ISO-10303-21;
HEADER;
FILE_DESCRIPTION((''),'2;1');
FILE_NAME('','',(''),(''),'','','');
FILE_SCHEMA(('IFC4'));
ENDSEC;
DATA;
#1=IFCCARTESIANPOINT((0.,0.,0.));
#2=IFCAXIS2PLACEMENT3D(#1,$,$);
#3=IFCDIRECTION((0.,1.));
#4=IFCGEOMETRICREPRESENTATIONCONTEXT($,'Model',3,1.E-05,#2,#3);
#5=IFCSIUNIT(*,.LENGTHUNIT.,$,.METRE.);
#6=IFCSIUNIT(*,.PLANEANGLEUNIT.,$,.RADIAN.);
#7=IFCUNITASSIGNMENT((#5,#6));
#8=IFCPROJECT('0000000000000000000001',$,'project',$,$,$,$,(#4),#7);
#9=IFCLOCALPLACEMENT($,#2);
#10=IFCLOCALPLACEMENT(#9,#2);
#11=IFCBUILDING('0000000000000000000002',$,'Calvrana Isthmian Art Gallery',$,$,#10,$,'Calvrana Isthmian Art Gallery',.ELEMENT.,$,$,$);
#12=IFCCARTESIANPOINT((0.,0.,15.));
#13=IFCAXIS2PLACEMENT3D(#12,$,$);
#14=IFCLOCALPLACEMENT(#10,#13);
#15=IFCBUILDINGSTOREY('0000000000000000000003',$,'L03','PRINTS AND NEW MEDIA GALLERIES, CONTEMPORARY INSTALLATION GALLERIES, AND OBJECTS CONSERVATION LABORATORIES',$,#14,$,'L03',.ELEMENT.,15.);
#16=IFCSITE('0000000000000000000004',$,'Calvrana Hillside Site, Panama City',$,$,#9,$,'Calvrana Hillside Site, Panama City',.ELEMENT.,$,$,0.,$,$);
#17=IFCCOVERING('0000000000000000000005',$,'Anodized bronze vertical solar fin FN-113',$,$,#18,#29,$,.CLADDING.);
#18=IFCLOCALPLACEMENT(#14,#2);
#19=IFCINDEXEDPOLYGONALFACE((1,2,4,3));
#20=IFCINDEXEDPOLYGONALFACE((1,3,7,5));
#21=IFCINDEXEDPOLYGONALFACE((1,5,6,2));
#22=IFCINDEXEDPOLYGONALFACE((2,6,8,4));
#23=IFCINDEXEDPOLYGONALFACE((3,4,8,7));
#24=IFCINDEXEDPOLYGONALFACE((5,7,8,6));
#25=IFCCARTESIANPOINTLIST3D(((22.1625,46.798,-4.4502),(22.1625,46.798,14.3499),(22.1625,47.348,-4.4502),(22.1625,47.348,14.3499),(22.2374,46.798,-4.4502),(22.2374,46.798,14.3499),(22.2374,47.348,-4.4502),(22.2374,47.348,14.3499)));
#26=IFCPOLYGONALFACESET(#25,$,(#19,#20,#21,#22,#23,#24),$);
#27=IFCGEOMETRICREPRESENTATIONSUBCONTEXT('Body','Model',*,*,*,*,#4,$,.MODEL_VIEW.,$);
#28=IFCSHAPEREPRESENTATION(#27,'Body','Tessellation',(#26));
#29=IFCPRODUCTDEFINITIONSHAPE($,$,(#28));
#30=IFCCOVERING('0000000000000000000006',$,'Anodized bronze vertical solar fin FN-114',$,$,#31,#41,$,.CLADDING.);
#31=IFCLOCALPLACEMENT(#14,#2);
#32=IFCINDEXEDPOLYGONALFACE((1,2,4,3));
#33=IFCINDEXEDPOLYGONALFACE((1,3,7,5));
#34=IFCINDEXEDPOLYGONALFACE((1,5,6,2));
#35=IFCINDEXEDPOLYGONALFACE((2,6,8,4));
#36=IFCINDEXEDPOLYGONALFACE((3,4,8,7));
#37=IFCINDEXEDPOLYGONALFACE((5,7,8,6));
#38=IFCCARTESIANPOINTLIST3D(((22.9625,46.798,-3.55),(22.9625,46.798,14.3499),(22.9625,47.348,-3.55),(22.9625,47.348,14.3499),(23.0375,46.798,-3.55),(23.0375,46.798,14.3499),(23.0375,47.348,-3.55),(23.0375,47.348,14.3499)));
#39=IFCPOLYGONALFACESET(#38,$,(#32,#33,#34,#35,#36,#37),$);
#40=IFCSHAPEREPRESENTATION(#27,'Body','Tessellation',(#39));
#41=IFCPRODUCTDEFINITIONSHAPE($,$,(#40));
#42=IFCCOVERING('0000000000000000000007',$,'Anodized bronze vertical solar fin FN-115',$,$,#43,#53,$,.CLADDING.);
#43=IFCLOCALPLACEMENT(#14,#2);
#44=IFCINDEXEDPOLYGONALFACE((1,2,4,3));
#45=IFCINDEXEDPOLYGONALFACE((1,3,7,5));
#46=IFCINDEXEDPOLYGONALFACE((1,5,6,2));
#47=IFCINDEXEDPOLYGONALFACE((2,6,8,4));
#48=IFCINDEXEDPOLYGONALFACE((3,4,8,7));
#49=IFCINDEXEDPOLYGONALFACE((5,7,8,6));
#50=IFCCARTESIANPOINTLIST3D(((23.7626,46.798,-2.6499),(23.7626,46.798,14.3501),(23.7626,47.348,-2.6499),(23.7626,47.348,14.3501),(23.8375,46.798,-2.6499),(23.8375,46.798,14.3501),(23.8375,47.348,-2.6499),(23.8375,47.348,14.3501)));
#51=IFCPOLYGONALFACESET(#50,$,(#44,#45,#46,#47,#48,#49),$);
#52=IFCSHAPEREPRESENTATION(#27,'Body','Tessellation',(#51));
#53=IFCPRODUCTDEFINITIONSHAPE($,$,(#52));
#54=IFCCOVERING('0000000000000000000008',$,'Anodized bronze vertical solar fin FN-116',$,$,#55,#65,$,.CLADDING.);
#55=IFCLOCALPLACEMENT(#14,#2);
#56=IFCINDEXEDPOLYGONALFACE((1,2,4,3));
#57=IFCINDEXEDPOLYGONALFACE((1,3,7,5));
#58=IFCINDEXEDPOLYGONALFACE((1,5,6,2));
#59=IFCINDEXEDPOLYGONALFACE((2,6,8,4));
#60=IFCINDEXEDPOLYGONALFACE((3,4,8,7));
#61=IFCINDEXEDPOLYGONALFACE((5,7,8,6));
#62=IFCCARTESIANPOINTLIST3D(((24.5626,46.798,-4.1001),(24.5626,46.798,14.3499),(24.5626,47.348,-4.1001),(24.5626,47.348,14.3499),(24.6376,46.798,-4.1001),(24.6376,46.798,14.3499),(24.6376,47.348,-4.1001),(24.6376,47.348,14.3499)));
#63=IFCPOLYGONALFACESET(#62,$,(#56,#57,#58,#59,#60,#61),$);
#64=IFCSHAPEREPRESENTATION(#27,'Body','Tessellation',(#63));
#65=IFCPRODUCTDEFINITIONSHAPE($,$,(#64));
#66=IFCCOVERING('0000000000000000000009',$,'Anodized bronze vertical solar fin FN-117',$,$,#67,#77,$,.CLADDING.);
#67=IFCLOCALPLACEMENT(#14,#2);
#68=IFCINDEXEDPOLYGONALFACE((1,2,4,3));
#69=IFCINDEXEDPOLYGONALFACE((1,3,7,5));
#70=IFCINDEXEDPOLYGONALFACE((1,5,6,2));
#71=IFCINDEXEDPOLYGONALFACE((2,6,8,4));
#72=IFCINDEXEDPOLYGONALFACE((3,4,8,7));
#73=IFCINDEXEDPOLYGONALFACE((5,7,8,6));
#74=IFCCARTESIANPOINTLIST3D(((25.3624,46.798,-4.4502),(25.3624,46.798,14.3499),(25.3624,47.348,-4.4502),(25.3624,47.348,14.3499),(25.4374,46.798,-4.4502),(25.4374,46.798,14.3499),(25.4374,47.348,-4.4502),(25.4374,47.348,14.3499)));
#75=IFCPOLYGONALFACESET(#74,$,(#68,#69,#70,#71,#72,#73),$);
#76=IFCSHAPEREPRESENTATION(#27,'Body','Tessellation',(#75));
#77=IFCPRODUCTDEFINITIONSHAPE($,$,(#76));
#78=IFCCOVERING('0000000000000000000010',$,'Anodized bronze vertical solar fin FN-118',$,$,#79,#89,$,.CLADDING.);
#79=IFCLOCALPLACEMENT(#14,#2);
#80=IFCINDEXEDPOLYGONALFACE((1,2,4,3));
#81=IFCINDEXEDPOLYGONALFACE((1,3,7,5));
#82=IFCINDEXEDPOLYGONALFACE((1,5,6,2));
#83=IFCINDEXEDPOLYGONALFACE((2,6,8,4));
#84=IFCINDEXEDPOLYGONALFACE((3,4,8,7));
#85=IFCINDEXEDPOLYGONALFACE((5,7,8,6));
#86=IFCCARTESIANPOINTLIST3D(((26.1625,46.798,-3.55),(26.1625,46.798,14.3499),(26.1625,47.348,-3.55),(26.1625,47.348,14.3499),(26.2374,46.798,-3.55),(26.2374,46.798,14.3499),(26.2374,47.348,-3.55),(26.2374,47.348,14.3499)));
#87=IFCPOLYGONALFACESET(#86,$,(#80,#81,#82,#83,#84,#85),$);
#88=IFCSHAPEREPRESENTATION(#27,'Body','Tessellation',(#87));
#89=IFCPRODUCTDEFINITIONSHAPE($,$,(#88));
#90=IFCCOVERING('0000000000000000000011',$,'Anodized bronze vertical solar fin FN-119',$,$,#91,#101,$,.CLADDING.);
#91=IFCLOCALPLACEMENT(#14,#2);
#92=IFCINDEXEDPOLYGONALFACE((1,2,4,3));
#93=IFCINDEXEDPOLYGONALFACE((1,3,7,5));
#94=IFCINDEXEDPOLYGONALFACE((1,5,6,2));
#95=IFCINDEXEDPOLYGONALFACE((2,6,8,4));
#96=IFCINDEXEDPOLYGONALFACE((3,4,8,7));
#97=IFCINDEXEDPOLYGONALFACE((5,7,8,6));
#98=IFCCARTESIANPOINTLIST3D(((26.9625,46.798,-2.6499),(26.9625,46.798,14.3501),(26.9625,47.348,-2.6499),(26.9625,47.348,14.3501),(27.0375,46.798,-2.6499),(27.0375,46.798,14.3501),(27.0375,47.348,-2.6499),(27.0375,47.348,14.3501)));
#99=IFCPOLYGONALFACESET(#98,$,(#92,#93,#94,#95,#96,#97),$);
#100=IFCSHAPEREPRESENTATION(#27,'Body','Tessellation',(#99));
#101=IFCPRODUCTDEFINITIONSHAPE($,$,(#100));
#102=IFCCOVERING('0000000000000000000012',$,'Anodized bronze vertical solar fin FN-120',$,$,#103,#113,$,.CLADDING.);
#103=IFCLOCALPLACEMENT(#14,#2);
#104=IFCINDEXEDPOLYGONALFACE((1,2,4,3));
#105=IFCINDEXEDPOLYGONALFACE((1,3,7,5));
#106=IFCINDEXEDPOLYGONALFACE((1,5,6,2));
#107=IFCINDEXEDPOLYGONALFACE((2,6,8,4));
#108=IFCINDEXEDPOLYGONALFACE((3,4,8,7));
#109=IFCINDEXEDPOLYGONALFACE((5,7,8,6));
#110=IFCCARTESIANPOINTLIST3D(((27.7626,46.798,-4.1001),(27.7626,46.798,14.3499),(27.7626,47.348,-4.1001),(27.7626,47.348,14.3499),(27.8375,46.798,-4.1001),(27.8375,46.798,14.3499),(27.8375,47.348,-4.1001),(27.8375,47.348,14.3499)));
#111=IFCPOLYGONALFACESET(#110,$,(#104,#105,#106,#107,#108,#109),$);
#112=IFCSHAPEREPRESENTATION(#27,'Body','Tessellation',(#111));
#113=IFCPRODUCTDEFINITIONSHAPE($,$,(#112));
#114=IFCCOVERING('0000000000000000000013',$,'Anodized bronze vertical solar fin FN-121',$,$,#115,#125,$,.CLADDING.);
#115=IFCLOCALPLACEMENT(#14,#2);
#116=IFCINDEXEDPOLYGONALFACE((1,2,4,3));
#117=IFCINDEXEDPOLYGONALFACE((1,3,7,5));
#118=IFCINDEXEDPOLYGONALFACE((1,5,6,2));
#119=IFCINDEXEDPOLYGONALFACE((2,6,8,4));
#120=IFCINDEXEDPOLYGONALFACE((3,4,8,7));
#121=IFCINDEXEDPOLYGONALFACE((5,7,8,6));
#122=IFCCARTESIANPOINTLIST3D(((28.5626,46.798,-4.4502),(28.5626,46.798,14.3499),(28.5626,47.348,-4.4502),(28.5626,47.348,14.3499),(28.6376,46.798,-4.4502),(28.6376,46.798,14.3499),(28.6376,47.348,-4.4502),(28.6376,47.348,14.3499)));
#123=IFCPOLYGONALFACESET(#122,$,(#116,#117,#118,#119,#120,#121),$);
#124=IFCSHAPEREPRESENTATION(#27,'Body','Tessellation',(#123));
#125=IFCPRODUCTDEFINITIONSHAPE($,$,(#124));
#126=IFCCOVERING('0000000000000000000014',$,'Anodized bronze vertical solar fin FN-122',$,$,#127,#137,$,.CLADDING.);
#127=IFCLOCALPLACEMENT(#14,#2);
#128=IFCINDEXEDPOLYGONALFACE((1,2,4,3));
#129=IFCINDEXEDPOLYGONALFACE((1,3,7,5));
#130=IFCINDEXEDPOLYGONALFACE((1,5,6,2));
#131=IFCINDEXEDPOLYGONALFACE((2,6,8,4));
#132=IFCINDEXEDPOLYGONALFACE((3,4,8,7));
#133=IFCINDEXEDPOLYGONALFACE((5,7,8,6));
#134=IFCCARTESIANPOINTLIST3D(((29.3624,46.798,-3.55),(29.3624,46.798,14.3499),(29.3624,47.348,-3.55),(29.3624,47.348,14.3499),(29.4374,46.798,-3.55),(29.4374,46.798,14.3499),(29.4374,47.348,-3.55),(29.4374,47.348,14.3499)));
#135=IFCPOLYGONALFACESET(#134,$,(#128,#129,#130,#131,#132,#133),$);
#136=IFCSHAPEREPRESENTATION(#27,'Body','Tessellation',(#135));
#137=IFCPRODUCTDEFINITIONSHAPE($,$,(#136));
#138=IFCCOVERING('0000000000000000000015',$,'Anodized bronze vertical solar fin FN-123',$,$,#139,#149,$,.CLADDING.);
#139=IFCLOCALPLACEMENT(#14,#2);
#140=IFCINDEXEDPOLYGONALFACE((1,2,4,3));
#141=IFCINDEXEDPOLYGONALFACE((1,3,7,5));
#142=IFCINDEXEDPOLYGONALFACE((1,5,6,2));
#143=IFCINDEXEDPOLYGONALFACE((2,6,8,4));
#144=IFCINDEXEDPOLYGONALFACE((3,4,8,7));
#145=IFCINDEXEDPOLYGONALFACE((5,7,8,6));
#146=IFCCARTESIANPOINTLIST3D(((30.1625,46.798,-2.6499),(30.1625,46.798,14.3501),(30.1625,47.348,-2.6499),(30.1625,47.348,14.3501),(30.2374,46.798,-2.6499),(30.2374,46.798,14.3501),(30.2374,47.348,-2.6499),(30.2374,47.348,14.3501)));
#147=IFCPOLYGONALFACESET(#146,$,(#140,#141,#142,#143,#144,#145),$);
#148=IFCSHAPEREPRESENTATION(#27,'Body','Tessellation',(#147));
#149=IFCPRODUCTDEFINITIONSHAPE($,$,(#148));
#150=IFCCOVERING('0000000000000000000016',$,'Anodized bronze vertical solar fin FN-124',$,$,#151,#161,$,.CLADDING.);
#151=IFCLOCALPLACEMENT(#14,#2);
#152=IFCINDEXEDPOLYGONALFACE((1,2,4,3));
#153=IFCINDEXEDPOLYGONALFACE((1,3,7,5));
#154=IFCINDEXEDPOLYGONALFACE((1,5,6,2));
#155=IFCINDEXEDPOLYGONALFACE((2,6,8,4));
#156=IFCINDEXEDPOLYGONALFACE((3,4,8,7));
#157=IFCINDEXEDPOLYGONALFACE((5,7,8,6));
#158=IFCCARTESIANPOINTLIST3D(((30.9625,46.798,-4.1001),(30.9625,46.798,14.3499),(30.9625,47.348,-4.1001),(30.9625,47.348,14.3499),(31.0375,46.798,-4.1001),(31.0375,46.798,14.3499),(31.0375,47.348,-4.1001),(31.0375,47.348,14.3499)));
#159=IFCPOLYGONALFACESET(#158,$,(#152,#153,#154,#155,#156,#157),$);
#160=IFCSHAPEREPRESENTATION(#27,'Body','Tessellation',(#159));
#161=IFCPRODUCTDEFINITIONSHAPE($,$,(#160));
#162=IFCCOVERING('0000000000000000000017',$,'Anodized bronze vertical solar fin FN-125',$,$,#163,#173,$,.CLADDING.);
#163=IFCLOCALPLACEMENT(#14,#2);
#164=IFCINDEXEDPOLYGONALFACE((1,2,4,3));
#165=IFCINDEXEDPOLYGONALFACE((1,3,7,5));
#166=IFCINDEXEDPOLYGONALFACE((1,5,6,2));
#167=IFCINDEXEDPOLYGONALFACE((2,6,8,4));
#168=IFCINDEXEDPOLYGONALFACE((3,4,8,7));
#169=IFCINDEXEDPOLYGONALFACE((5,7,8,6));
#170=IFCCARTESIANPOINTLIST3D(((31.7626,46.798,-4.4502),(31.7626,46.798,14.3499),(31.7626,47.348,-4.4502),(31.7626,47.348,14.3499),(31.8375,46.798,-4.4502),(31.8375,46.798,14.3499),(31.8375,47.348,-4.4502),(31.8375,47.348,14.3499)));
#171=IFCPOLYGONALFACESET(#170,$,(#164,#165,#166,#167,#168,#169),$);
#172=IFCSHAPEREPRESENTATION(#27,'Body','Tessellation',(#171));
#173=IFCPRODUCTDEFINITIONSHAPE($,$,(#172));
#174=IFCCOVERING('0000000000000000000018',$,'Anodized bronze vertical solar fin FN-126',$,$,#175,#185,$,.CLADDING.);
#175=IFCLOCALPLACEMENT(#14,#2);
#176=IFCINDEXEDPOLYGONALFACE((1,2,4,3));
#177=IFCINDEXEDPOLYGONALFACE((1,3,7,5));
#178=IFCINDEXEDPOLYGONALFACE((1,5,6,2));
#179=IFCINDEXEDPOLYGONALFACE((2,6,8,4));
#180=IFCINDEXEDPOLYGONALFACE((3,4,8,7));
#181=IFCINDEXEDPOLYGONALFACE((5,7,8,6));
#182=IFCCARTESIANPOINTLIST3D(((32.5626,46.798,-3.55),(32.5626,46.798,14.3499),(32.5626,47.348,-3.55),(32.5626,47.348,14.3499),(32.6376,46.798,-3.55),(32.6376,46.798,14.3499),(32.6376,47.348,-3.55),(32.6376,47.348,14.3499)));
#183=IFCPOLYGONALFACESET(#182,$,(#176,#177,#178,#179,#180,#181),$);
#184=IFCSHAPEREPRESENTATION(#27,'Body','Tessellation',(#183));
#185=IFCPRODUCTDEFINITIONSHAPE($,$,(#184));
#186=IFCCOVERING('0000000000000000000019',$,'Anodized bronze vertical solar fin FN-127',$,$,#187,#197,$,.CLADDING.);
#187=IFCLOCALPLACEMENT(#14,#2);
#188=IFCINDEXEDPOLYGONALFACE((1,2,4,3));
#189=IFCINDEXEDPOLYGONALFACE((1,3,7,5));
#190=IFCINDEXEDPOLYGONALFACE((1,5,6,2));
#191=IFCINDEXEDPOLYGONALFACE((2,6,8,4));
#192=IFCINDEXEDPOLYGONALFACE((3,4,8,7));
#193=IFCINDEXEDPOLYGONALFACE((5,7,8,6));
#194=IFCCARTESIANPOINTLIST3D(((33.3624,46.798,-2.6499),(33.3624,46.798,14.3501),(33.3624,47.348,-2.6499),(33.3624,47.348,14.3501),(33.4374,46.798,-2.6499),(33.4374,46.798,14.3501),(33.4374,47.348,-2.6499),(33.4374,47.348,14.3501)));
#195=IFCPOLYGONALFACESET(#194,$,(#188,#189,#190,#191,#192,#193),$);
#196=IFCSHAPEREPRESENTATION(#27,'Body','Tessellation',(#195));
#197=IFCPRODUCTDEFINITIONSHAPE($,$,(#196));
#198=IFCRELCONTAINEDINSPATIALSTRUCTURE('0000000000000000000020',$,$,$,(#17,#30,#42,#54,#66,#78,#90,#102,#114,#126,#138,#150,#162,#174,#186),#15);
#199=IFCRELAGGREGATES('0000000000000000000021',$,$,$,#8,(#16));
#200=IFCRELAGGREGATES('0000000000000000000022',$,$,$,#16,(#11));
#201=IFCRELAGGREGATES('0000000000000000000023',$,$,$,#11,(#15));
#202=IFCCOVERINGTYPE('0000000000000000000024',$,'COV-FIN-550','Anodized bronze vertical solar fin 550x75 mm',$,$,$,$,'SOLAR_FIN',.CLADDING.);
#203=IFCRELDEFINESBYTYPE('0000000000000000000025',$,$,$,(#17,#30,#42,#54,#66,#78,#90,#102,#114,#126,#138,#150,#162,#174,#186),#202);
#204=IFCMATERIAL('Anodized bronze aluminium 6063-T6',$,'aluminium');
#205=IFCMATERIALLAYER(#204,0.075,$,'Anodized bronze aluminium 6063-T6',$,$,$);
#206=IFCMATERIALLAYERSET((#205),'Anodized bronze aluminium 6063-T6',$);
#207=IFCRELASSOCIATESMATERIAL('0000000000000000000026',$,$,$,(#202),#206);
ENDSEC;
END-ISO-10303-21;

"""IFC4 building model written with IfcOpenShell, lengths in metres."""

from ifc_helpers import new_model, si_unit, direction, frame, origin, origin_2d, place, context, subcontext, project, spatial, rectangle, extrude, material, layer, layer_set, type_object, element, save


model = new_model("IFC4")

# Units and contexts
model_context = context("Model", 3, precision=1e-05, world=origin(), true_north=direction((0.0, 1.0)))
body_context = subcontext(model_context, "Body", "Model", "MODEL_VIEW")
ifc_project = project(units=[si_unit("LENGTHUNIT", "METRE"), si_unit("PLANEANGLEUNIT", "RADIAN")], contexts=[model_context])

# Site, building, storey
site_placement = place(None, origin())
site = spatial("IfcSite", under=ifc_project, at=site_placement, Name="Calvrana Hillside Site, Panama City", LongName="Calvrana Hillside Site, Panama City", CompositionType="ELEMENT", RefElevation=0.0)
building_placement = place(site_placement, origin())
building = spatial("IfcBuilding", under=site, at=building_placement, Name="Calvrana Isthmian Art Gallery", LongName="Calvrana Isthmian Art Gallery", CompositionType="ELEMENT")
storey_placement = place(building_placement, frame((0.0, 0.0, 15.0)))
storey = spatial("IfcBuildingStorey", under=building, at=storey_placement, Name="L03", Description="PRINTS AND NEW MEDIA GALLERIES, CONTEMPORARY INSTALLATION GALLERIES, AND OBJECTS CONSERVATION LABORATORIES", LongName="L03", CompositionType="ELEMENT", Elevation=15.0)

# Coverings
ifc_material_1 = material(Name="Anodized bronze aluminium 6063-T6", Category="aluminium")
ifc_layer = layer(ifc_material_1, 0.075, Name="Anodized bronze aluminium 6063-T6")
ifc_layer_set = layer_set([ifc_layer], Name="Anodized bronze aluminium 6063-T6")
covering_type = type_object("IfcCoveringType", Name="COV-FIN-550", Description="Anodized bronze vertical solar fin 550x75 mm", ElementType="SOLAR_FIN", PredefinedType="CLADDING", material=ifc_layer_set)
covering_1_placement = place(storey_placement, frame((22.2, 47.073, -4.4502), z_axis=(0.0, 0.0, 1.0), x_axis=(1.0, 0.0, 0.0)))
element("IfcCovering", 1, at=covering_1_placement, inside=storey, type_object=covering_type, Name="Anodized bronze vertical solar fin FN-113", PredefinedType="CLADDING", context=body_context, shape_type="SweptSolid", body=[
    extrude(rectangle(XDim=0.075, YDim=0.55, at=origin_2d()), origin(), (0.0, 0.0, 1.0), 18.8),
])
covering_2_placement = place(storey_placement, frame((23.0, 47.073, -3.55), z_axis=(0.0, 0.0, 1.0), x_axis=(1.0, 0.0, 0.0)))
element("IfcCovering", 2, at=covering_2_placement, inside=storey, type_object=covering_type, Name="Anodized bronze vertical solar fin FN-114", PredefinedType="CLADDING", context=body_context, shape_type="SweptSolid", body=[
    extrude(rectangle(XDim=0.075, YDim=0.55, at=origin_2d()), origin(), (0.0, 0.0, 1.0), 17.8999),
])
covering_3_placement = place(storey_placement, frame((23.8, 47.073, -2.6499), z_axis=(0.0, 0.0, 1.0), x_axis=(1.0, 0.0, 0.0)))
element("IfcCovering", 3, at=covering_3_placement, inside=storey, type_object=covering_type, Name="Anodized bronze vertical solar fin FN-115", PredefinedType="CLADDING", context=body_context, shape_type="SweptSolid", body=[
    extrude(rectangle(XDim=0.075, YDim=0.55, at=origin_2d()), origin(), (0.0, 0.0, 1.0), 17.0),
])
covering_4_placement = place(storey_placement, frame((24.6001, 47.073, -4.1001), z_axis=(0.0, 0.0, 1.0), x_axis=(1.0, 0.0, 0.0)))
element("IfcCovering", 4, at=covering_4_placement, inside=storey, type_object=covering_type, Name="Anodized bronze vertical solar fin FN-116", PredefinedType="CLADDING", context=body_context, shape_type="SweptSolid", body=[
    extrude(rectangle(XDim=0.075, YDim=0.55, at=origin_2d()), origin(), (0.0, 0.0, 1.0), 18.45),
])
covering_5_placement = place(storey_placement, frame((25.3999, 47.073, -4.4502), z_axis=(0.0, 0.0, 1.0), x_axis=(1.0, 0.0, 0.0)))
element("IfcCovering", 5, at=covering_5_placement, inside=storey, type_object=covering_type, Name="Anodized bronze vertical solar fin FN-117", PredefinedType="CLADDING", context=body_context, shape_type="SweptSolid", body=[
    extrude(rectangle(XDim=0.075, YDim=0.55, at=origin_2d()), origin(), (0.0, 0.0, 1.0), 18.8),
])
covering_6_placement = place(storey_placement, frame((26.2, 47.073, -3.55), z_axis=(0.0, 0.0, 1.0), x_axis=(1.0, 0.0, 0.0)))
element("IfcCovering", 6, at=covering_6_placement, inside=storey, type_object=covering_type, Name="Anodized bronze vertical solar fin FN-118", PredefinedType="CLADDING", context=body_context, shape_type="SweptSolid", body=[
    extrude(rectangle(XDim=0.075, YDim=0.55, at=origin_2d()), origin(), (0.0, 0.0, 1.0), 17.8999),
])
covering_7_placement = place(storey_placement, frame((27.0, 47.073, -2.6499), z_axis=(0.0, 0.0, 1.0), x_axis=(1.0, 0.0, 0.0)))
element("IfcCovering", 7, at=covering_7_placement, inside=storey, type_object=covering_type, Name="Anodized bronze vertical solar fin FN-119", PredefinedType="CLADDING", context=body_context, shape_type="SweptSolid", body=[
    extrude(rectangle(XDim=0.075, YDim=0.55, at=origin_2d()), origin(), (0.0, 0.0, 1.0), 17.0),
])
covering_8_placement = place(storey_placement, frame((27.8, 47.073, -4.1001), z_axis=(0.0, 0.0, 1.0), x_axis=(1.0, 0.0, 0.0)))
element("IfcCovering", 8, at=covering_8_placement, inside=storey, type_object=covering_type, Name="Anodized bronze vertical solar fin FN-120", PredefinedType="CLADDING", context=body_context, shape_type="SweptSolid", body=[
    extrude(rectangle(XDim=0.075, YDim=0.55, at=origin_2d()), origin(), (0.0, 0.0, 1.0), 18.45),
])
covering_9_placement = place(storey_placement, frame((28.6001, 47.073, -4.4502), z_axis=(0.0, 0.0, 1.0), x_axis=(1.0, 0.0, 0.0)))
element("IfcCovering", 9, at=covering_9_placement, inside=storey, type_object=covering_type, Name="Anodized bronze vertical solar fin FN-121", PredefinedType="CLADDING", context=body_context, shape_type="SweptSolid", body=[
    extrude(rectangle(XDim=0.075, YDim=0.55, at=origin_2d()), origin(), (0.0, 0.0, 1.0), 18.8),
])
covering_10_placement = place(storey_placement, frame((29.3999, 47.073, -3.55), z_axis=(0.0, 0.0, 1.0), x_axis=(1.0, 0.0, 0.0)))
element("IfcCovering", 10, at=covering_10_placement, inside=storey, type_object=covering_type, Name="Anodized bronze vertical solar fin FN-122", PredefinedType="CLADDING", context=body_context, shape_type="SweptSolid", body=[
    extrude(rectangle(XDim=0.075, YDim=0.55, at=origin_2d()), origin(), (0.0, 0.0, 1.0), 17.8999),
])
covering_11_placement = place(storey_placement, frame((30.2, 47.073, -2.6499), z_axis=(0.0, 0.0, 1.0), x_axis=(1.0, 0.0, 0.0)))
element("IfcCovering", 11, at=covering_11_placement, inside=storey, type_object=covering_type, Name="Anodized bronze vertical solar fin FN-123", PredefinedType="CLADDING", context=body_context, shape_type="SweptSolid", body=[
    extrude(rectangle(XDim=0.075, YDim=0.55, at=origin_2d()), origin(), (0.0, 0.0, 1.0), 17.0),
])
covering_12_placement = place(storey_placement, frame((31.0, 47.073, -4.1001), z_axis=(0.0, 0.0, 1.0), x_axis=(1.0, 0.0, 0.0)))
element("IfcCovering", 12, at=covering_12_placement, inside=storey, type_object=covering_type, Name="Anodized bronze vertical solar fin FN-124", PredefinedType="CLADDING", context=body_context, shape_type="SweptSolid", body=[
    extrude(rectangle(XDim=0.075, YDim=0.55, at=origin_2d()), origin(), (0.0, 0.0, 1.0), 18.45),
])
covering_13_placement = place(storey_placement, frame((31.8, 47.073, -4.4502), z_axis=(0.0, 0.0, 1.0), x_axis=(1.0, 0.0, 0.0)))
element("IfcCovering", 13, at=covering_13_placement, inside=storey, type_object=covering_type, Name="Anodized bronze vertical solar fin FN-125", PredefinedType="CLADDING", context=body_context, shape_type="SweptSolid", body=[
    extrude(rectangle(XDim=0.075, YDim=0.55, at=origin_2d()), origin(), (0.0, 0.0, 1.0), 18.8),
])
covering_14_placement = place(storey_placement, frame((32.6001, 47.073, -3.55), z_axis=(0.0, 0.0, 1.0), x_axis=(1.0, 0.0, 0.0)))
element("IfcCovering", 14, at=covering_14_placement, inside=storey, type_object=covering_type, Name="Anodized bronze vertical solar fin FN-126", PredefinedType="CLADDING", context=body_context, shape_type="SweptSolid", body=[
    extrude(rectangle(XDim=0.075, YDim=0.55, at=origin_2d()), origin(), (0.0, 0.0, 1.0), 17.8999),
])
covering_15_placement = place(storey_placement, frame((33.3999, 47.073, -2.6499), z_axis=(0.0, 0.0, 1.0), x_axis=(1.0, 0.0, 0.0)))
element("IfcCovering", 15, at=covering_15_placement, inside=storey, type_object=covering_type, Name="Anodized bronze vertical solar fin FN-127", PredefinedType="CLADDING", context=body_context, shape_type="SweptSolid", body=[
    extrude(rectangle(XDim=0.075, YDim=0.55, at=origin_2d()), origin(), (0.0, 0.0, 1.0), 17.0),
])

save(model, "model.ifc")
